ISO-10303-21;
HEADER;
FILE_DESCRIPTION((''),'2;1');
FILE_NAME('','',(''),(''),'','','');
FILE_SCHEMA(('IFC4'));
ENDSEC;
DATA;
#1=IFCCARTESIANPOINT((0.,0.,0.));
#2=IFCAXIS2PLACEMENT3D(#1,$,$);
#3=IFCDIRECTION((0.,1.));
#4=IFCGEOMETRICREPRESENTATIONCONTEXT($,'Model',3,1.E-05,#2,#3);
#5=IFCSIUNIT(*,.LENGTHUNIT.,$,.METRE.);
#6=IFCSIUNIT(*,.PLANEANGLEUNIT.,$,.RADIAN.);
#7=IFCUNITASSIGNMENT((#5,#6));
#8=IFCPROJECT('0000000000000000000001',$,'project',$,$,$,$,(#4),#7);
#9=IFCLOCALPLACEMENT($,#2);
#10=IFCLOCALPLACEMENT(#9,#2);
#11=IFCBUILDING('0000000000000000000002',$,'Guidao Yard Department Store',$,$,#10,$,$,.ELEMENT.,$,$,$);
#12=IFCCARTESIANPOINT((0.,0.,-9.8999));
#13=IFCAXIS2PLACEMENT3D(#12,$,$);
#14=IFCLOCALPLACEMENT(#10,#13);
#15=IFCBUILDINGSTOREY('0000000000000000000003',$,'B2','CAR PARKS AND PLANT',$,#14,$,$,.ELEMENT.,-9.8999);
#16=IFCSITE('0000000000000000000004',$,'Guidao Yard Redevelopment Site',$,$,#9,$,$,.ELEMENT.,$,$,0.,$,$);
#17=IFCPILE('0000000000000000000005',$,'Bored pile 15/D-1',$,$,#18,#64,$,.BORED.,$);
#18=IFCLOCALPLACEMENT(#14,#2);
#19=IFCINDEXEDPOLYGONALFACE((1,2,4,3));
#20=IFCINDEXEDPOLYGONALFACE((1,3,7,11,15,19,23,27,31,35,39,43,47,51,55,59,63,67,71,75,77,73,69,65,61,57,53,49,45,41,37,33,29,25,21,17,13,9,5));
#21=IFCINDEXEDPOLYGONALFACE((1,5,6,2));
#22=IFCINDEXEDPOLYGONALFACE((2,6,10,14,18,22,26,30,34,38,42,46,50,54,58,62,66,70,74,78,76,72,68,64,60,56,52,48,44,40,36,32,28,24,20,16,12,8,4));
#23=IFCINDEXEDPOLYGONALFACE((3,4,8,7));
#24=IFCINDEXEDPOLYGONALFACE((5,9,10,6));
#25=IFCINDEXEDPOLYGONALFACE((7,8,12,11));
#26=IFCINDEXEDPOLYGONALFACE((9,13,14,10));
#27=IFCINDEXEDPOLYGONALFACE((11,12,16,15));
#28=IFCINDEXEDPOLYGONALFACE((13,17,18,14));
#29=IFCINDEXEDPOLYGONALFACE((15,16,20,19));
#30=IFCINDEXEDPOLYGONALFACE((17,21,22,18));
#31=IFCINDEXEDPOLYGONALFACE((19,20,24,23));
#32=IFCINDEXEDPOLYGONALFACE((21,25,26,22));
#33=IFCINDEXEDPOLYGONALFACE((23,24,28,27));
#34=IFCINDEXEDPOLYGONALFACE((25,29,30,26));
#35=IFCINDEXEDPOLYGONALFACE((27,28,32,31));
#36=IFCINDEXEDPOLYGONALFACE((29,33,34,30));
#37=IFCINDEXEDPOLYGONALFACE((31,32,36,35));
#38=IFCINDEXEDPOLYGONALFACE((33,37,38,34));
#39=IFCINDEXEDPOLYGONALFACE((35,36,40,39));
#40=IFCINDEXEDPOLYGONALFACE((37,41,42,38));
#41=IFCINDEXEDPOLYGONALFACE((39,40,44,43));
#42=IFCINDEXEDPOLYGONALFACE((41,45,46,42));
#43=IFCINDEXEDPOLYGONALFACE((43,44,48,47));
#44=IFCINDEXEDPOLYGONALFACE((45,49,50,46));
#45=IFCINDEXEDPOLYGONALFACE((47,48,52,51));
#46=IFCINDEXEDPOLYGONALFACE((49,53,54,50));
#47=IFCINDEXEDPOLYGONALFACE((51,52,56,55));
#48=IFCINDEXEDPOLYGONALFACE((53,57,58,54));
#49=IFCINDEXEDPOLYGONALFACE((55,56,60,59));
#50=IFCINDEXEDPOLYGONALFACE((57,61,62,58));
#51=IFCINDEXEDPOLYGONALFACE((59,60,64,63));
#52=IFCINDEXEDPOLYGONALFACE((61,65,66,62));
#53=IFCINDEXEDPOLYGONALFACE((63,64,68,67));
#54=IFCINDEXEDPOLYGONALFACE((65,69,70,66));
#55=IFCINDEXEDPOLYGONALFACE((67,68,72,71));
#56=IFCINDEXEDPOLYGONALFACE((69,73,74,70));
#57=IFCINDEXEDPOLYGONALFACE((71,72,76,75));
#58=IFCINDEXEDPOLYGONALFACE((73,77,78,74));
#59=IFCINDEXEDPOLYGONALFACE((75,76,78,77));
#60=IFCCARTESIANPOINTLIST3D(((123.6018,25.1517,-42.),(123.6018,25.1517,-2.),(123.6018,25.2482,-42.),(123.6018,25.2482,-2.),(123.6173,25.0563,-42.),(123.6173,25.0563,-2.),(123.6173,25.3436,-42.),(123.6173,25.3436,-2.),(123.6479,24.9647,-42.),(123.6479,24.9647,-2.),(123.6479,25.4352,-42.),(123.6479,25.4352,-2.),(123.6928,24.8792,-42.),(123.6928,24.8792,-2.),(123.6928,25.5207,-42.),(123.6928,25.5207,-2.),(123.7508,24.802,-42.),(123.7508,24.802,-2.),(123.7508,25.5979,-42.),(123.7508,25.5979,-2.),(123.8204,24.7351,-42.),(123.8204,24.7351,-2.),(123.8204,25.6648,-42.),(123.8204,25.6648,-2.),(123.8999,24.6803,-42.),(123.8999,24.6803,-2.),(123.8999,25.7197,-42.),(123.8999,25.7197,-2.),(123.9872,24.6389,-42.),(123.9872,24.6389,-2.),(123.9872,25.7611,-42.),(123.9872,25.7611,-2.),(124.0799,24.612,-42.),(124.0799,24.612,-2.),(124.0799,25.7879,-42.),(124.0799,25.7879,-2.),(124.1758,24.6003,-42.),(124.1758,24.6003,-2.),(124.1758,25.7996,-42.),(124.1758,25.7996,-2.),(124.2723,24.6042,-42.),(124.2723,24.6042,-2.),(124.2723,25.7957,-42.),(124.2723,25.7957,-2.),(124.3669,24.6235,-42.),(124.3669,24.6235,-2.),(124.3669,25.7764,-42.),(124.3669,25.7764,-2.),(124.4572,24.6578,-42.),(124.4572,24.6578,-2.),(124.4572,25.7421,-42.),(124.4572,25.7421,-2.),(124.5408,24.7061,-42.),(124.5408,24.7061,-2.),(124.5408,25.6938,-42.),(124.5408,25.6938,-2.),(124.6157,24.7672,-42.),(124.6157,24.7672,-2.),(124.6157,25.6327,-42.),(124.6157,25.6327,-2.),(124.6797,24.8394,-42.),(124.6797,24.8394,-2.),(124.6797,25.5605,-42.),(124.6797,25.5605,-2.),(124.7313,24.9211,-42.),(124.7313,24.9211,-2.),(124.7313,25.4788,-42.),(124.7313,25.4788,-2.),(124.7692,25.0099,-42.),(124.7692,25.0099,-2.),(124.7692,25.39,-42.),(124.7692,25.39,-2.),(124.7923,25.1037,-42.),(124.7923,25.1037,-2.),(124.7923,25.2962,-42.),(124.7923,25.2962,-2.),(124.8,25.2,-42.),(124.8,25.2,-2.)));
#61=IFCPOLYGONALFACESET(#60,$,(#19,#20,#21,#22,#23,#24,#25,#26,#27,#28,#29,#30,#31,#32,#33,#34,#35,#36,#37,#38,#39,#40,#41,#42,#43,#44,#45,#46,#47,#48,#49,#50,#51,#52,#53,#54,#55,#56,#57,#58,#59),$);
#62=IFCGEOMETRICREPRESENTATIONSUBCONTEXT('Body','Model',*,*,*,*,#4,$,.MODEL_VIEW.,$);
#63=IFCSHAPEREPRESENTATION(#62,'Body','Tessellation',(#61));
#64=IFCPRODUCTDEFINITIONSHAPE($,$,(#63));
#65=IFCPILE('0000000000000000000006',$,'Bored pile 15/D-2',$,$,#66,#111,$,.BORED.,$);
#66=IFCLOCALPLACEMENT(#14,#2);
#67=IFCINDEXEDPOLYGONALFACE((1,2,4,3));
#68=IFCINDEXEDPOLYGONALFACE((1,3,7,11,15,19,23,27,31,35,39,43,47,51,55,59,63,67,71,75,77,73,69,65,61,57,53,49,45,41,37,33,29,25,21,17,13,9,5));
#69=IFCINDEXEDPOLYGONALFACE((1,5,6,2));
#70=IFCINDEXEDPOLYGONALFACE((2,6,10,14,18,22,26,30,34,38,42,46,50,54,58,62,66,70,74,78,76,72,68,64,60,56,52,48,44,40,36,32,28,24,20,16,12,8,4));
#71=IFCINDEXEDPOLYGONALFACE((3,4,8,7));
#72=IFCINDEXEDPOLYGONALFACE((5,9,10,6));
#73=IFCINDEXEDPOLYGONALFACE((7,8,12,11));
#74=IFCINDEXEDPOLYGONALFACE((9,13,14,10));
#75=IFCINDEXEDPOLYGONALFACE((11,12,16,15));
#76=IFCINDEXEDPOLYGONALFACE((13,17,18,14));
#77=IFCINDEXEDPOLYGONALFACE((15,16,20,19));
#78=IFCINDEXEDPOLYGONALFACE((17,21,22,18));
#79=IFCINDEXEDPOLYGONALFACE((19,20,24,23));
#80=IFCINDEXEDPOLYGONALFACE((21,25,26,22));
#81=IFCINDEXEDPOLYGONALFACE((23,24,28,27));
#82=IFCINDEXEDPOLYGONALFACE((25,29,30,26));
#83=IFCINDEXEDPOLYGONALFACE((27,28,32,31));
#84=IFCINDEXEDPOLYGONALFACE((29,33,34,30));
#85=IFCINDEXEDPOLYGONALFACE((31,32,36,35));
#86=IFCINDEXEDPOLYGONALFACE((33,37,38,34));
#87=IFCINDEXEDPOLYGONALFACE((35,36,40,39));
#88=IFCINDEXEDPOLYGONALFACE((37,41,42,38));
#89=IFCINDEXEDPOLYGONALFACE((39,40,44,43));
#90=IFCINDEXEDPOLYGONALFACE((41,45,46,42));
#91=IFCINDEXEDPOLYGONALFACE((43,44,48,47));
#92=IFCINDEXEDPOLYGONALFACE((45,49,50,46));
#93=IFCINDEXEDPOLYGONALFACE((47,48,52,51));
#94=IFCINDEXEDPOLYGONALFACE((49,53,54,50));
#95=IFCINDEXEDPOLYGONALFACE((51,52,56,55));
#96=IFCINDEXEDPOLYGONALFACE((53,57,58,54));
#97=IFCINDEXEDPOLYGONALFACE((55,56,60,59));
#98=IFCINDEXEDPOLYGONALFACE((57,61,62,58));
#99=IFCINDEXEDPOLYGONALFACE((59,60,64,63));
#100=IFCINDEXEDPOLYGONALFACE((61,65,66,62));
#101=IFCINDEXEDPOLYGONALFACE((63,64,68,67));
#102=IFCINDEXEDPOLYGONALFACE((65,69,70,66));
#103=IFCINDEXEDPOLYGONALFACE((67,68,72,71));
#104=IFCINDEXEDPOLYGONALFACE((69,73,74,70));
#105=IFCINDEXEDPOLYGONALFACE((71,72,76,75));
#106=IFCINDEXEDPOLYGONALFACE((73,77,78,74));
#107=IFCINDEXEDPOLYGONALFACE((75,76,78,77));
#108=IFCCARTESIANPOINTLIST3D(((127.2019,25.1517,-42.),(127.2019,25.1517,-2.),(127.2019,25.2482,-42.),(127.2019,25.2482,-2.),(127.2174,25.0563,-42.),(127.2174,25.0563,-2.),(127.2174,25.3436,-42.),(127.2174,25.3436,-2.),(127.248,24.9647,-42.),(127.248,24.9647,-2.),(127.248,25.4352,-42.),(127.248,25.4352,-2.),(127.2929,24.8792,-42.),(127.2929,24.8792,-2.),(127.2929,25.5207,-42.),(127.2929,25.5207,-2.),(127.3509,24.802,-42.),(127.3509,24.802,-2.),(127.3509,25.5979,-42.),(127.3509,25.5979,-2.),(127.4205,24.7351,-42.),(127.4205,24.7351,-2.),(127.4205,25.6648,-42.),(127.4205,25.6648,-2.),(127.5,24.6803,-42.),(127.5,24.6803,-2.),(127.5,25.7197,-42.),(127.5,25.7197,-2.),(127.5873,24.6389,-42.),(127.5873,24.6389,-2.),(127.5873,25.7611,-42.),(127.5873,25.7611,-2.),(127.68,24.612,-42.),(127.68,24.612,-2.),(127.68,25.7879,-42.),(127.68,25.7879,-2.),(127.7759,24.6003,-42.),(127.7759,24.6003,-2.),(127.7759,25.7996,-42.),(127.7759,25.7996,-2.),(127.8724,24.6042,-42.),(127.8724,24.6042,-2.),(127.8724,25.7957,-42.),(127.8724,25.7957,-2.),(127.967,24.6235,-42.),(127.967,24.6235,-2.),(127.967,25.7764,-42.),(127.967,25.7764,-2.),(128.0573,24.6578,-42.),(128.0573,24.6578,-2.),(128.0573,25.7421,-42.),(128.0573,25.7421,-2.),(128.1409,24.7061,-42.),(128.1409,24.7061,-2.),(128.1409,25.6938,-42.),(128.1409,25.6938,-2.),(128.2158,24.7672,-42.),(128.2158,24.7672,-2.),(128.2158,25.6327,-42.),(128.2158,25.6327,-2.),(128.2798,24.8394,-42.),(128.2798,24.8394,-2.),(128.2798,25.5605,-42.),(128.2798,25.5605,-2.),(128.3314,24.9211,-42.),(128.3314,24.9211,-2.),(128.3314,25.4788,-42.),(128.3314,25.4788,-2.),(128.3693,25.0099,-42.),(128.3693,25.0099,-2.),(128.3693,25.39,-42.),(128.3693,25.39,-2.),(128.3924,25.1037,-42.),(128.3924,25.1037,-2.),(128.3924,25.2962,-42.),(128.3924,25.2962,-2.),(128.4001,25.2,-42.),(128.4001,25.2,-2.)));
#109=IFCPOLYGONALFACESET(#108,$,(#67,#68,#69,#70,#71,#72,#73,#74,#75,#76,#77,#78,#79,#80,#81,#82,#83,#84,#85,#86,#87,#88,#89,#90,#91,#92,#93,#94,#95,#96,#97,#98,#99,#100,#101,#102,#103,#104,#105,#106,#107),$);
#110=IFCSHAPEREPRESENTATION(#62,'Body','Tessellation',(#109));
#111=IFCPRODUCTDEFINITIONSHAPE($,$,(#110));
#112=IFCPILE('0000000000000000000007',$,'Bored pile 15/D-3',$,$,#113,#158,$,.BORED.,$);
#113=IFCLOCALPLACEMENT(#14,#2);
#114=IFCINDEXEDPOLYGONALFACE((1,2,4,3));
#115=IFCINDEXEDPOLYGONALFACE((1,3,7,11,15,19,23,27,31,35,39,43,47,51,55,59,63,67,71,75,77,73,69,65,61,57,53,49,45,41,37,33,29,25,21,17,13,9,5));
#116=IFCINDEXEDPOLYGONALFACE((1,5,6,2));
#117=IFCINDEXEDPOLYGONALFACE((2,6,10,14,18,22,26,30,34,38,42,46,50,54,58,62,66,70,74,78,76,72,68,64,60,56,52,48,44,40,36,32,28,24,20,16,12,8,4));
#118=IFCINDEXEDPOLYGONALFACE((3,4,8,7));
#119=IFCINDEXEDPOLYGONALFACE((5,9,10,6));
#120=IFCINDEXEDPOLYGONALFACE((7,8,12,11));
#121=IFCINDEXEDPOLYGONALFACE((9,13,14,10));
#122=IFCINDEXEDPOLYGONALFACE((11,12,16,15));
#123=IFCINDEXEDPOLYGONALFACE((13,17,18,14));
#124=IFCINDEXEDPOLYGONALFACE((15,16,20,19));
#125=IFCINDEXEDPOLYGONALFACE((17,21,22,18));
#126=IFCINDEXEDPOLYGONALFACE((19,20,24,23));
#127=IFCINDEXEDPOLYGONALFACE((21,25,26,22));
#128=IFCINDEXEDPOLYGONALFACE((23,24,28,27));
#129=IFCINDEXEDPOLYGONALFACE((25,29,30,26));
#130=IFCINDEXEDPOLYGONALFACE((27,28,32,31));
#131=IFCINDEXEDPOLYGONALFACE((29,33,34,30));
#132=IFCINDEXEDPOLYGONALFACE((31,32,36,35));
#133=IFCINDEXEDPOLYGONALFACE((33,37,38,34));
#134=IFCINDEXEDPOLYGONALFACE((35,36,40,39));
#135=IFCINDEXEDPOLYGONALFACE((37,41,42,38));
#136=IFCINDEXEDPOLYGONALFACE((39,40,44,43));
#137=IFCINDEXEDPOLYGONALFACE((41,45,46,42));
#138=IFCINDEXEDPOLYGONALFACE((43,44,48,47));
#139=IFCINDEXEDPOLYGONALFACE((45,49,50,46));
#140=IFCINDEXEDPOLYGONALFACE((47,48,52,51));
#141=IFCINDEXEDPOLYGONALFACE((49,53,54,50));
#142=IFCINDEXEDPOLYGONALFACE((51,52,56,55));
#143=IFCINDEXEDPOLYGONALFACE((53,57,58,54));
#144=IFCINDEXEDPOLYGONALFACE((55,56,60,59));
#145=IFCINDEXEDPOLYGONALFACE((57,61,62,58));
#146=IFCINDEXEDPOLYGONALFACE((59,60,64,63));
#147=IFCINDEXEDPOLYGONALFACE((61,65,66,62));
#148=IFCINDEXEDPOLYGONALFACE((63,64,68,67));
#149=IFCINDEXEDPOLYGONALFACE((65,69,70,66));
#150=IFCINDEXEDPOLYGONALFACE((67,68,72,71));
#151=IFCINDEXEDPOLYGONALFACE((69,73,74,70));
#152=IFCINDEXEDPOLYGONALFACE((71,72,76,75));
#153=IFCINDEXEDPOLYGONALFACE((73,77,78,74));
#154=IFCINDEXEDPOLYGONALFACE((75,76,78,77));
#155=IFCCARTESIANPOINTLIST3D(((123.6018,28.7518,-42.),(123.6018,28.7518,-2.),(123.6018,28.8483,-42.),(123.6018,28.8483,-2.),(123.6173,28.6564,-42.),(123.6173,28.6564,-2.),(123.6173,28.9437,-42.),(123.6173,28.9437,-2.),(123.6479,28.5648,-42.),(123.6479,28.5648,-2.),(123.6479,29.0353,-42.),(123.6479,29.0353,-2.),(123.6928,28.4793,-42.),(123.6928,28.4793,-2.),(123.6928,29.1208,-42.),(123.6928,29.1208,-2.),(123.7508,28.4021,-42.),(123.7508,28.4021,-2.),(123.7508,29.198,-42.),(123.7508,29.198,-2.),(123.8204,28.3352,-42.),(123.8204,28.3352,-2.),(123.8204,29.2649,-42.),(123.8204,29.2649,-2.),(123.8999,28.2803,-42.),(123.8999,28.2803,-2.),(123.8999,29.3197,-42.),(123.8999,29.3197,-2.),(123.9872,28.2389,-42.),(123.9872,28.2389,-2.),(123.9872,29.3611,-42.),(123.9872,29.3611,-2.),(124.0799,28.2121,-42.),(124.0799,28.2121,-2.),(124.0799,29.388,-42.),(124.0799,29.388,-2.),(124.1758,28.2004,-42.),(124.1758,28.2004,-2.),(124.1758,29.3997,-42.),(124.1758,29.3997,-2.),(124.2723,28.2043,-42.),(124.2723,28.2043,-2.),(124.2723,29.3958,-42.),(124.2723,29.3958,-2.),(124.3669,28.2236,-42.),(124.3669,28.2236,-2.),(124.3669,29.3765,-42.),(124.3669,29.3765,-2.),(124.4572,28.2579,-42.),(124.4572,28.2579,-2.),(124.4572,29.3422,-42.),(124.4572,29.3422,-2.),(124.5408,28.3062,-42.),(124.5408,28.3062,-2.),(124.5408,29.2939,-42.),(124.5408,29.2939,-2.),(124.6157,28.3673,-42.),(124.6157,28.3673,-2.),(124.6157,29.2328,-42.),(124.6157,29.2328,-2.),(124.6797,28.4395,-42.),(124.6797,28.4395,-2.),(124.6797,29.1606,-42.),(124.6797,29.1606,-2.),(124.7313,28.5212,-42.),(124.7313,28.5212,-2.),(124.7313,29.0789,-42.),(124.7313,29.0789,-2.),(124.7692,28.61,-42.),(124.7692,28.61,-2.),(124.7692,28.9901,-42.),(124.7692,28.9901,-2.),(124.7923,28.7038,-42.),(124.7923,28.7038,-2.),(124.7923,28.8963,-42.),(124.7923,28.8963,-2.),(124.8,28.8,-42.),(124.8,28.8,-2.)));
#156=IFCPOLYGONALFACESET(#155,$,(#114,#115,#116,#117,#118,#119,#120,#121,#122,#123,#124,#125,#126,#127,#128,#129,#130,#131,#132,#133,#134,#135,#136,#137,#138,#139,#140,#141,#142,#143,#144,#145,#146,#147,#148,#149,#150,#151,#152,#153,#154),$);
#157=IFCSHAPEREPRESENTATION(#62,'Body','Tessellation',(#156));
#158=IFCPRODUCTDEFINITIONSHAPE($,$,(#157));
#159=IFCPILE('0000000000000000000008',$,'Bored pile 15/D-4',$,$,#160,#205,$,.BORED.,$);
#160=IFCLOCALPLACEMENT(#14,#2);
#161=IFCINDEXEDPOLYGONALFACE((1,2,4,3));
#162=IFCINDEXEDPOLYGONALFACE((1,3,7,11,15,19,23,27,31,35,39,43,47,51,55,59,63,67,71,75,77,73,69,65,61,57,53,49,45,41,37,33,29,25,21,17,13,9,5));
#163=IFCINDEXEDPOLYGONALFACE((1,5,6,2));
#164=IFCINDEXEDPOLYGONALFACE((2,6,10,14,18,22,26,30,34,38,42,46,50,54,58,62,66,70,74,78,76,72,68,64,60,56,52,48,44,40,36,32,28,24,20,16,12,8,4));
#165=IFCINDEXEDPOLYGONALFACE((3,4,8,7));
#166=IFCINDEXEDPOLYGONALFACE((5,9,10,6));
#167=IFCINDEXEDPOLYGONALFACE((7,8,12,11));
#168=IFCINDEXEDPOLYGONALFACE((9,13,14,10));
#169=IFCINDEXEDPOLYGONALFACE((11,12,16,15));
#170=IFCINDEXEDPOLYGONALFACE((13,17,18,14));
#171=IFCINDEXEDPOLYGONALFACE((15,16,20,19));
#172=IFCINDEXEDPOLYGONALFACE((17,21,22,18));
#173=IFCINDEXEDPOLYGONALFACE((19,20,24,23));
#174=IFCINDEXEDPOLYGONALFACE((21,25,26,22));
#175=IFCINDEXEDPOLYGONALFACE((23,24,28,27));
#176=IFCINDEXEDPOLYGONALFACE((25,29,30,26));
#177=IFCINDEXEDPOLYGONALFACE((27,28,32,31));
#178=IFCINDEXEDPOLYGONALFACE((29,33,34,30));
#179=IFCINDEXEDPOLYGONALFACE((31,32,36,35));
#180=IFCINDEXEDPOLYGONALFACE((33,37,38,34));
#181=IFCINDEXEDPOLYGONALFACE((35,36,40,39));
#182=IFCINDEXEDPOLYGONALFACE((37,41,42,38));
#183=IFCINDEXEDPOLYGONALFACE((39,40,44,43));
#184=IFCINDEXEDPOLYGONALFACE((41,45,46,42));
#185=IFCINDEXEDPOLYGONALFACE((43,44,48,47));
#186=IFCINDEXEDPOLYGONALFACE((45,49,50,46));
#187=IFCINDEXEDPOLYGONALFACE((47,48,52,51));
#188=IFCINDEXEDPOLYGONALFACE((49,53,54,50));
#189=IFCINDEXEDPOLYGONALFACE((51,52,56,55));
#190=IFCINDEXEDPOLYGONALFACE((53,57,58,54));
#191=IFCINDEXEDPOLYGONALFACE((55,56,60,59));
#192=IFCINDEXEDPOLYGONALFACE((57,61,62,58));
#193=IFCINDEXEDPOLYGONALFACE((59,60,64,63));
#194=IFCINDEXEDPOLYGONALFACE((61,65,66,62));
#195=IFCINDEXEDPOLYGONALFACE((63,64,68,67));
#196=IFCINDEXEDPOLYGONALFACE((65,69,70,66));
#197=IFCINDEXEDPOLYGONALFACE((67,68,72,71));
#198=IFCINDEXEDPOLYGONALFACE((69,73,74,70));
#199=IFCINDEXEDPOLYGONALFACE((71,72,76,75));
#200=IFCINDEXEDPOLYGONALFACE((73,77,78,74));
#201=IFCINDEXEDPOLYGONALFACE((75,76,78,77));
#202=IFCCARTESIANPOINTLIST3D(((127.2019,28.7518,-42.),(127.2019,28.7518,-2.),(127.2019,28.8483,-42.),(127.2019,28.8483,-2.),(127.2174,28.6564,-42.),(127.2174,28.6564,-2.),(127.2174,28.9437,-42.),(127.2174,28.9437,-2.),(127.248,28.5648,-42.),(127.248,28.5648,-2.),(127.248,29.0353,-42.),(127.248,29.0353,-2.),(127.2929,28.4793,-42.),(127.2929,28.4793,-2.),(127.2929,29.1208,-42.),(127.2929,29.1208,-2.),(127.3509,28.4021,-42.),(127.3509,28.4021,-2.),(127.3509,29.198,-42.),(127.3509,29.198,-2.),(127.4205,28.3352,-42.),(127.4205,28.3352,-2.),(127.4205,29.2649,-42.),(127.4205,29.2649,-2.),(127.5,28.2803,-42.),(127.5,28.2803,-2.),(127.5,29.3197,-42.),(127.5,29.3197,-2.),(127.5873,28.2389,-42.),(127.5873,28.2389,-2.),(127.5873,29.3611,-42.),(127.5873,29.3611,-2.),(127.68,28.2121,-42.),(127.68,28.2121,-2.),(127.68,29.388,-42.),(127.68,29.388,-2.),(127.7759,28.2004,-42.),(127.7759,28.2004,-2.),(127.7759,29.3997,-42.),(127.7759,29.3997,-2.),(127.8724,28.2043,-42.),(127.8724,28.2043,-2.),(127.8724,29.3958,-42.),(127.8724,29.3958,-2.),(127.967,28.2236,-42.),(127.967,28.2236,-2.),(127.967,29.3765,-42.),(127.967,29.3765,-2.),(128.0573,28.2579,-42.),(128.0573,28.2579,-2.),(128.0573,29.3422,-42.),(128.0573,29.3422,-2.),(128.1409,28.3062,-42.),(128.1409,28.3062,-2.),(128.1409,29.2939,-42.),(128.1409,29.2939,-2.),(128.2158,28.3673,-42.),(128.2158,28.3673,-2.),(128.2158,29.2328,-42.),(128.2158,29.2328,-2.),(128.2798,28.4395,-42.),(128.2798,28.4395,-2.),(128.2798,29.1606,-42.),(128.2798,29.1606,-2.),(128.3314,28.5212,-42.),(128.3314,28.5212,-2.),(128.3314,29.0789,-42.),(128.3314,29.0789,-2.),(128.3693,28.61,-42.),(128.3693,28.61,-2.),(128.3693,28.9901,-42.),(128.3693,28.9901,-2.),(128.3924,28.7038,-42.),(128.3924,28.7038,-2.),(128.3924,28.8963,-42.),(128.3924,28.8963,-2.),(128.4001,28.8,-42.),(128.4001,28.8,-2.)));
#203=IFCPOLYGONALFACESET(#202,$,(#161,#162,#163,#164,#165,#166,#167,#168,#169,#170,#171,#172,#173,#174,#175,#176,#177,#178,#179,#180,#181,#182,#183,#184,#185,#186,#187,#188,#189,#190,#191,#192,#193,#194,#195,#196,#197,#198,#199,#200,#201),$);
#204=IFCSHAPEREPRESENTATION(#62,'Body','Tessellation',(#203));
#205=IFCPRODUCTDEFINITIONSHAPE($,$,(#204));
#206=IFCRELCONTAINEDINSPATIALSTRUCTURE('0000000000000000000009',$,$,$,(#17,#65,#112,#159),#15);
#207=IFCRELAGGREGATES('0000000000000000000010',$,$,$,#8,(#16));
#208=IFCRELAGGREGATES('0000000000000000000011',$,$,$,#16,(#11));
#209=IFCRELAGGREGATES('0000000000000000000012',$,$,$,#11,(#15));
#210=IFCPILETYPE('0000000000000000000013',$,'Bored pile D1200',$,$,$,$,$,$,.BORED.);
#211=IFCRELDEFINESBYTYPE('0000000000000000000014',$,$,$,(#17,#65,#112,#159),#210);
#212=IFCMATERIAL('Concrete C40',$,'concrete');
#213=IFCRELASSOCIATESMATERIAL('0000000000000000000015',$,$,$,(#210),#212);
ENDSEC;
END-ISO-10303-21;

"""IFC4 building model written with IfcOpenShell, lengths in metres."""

from ifc_helpers import new_model, si_unit, direction, frame, origin, origin_2d, place, context, subcontext, project, spatial, circle, extrude, material, material_profile, profile_set, type_object, element, save


model = new_model("IFC4")

# Units and contexts
model_context = context("Model", 3, precision=1e-05, world=origin(), true_north=direction((0.0, 1.0)))
body_context = subcontext(model_context, "Body", "Model", "MODEL_VIEW")
ifc_project = project(units=[si_unit("LENGTHUNIT", "METRE"), si_unit("PLANEANGLEUNIT", "RADIAN")], contexts=[model_context])

# Site, building, storey
site_placement = place(None, origin())
site = spatial("IfcSite", under=ifc_project, at=site_placement, Name="Guidao Yard Redevelopment Site", CompositionType="ELEMENT", RefElevation=0.0)
building_placement = place(site_placement, origin())
building = spatial("IfcBuilding", under=site, at=building_placement, Name="Guidao Yard Department Store", CompositionType="ELEMENT")
storey_placement = place(building_placement, frame((0.0, 0.0, -9.8999)))
storey = spatial("IfcBuildingStorey", under=building, at=storey_placement, Name="B2", Description="CAR PARKS AND PLANT", CompositionType="ELEMENT", Elevation=-9.8999)

# Piles
ifc_material_1 = material(Name="Concrete C40", Category="concrete")
ifc_material_profile_1 = material_profile(ifc_material_1, circle(Radius=0.6001, at=origin_2d()), Name="Bored pile D1200")
ifc_profile_set_1 = profile_set([ifc_material_profile_1], Name="Concrete C40")
pile_type = type_object("IfcPileType", Name="Bored pile D1200", PredefinedType="BORED", material=ifc_profile_set_1)
for number, where, z_axis, x_axis, name in (
    (1, (124.2, 25.2, -2.0), (0.0, 0.0, -1.0), (1.0, 0.0, 0.0), "Bored pile 15/D-1"),
    (2, (127.8, 25.2, -2.0), (0.0, 0.0, -1.0), (1.0, 0.0, 0.0), "Bored pile 15/D-2"),
    (3, (124.2, 28.8, -2.0), (0.0, 0.0, -1.0), (1.0, 0.0, 0.0), "Bored pile 15/D-3"),
    (4, (127.8, 28.8, -2.0), (0.0, 0.0, -1.0), (1.0, 0.0, 0.0), "Bored pile 15/D-4"),
):
    element("IfcPile", number, at=place(storey_placement, frame(where, z_axis=z_axis, x_axis=x_axis)), inside=storey, type_object=pile_type, Name=name, PredefinedType="BORED", context=body_context, shape_type="SweptSolid", body=[
        extrude(circle(Radius=0.6001, at=origin_2d()), origin(), (0.0, 0.0, 1.0), 40.0),
    ])

save(model, "model.ifc")
